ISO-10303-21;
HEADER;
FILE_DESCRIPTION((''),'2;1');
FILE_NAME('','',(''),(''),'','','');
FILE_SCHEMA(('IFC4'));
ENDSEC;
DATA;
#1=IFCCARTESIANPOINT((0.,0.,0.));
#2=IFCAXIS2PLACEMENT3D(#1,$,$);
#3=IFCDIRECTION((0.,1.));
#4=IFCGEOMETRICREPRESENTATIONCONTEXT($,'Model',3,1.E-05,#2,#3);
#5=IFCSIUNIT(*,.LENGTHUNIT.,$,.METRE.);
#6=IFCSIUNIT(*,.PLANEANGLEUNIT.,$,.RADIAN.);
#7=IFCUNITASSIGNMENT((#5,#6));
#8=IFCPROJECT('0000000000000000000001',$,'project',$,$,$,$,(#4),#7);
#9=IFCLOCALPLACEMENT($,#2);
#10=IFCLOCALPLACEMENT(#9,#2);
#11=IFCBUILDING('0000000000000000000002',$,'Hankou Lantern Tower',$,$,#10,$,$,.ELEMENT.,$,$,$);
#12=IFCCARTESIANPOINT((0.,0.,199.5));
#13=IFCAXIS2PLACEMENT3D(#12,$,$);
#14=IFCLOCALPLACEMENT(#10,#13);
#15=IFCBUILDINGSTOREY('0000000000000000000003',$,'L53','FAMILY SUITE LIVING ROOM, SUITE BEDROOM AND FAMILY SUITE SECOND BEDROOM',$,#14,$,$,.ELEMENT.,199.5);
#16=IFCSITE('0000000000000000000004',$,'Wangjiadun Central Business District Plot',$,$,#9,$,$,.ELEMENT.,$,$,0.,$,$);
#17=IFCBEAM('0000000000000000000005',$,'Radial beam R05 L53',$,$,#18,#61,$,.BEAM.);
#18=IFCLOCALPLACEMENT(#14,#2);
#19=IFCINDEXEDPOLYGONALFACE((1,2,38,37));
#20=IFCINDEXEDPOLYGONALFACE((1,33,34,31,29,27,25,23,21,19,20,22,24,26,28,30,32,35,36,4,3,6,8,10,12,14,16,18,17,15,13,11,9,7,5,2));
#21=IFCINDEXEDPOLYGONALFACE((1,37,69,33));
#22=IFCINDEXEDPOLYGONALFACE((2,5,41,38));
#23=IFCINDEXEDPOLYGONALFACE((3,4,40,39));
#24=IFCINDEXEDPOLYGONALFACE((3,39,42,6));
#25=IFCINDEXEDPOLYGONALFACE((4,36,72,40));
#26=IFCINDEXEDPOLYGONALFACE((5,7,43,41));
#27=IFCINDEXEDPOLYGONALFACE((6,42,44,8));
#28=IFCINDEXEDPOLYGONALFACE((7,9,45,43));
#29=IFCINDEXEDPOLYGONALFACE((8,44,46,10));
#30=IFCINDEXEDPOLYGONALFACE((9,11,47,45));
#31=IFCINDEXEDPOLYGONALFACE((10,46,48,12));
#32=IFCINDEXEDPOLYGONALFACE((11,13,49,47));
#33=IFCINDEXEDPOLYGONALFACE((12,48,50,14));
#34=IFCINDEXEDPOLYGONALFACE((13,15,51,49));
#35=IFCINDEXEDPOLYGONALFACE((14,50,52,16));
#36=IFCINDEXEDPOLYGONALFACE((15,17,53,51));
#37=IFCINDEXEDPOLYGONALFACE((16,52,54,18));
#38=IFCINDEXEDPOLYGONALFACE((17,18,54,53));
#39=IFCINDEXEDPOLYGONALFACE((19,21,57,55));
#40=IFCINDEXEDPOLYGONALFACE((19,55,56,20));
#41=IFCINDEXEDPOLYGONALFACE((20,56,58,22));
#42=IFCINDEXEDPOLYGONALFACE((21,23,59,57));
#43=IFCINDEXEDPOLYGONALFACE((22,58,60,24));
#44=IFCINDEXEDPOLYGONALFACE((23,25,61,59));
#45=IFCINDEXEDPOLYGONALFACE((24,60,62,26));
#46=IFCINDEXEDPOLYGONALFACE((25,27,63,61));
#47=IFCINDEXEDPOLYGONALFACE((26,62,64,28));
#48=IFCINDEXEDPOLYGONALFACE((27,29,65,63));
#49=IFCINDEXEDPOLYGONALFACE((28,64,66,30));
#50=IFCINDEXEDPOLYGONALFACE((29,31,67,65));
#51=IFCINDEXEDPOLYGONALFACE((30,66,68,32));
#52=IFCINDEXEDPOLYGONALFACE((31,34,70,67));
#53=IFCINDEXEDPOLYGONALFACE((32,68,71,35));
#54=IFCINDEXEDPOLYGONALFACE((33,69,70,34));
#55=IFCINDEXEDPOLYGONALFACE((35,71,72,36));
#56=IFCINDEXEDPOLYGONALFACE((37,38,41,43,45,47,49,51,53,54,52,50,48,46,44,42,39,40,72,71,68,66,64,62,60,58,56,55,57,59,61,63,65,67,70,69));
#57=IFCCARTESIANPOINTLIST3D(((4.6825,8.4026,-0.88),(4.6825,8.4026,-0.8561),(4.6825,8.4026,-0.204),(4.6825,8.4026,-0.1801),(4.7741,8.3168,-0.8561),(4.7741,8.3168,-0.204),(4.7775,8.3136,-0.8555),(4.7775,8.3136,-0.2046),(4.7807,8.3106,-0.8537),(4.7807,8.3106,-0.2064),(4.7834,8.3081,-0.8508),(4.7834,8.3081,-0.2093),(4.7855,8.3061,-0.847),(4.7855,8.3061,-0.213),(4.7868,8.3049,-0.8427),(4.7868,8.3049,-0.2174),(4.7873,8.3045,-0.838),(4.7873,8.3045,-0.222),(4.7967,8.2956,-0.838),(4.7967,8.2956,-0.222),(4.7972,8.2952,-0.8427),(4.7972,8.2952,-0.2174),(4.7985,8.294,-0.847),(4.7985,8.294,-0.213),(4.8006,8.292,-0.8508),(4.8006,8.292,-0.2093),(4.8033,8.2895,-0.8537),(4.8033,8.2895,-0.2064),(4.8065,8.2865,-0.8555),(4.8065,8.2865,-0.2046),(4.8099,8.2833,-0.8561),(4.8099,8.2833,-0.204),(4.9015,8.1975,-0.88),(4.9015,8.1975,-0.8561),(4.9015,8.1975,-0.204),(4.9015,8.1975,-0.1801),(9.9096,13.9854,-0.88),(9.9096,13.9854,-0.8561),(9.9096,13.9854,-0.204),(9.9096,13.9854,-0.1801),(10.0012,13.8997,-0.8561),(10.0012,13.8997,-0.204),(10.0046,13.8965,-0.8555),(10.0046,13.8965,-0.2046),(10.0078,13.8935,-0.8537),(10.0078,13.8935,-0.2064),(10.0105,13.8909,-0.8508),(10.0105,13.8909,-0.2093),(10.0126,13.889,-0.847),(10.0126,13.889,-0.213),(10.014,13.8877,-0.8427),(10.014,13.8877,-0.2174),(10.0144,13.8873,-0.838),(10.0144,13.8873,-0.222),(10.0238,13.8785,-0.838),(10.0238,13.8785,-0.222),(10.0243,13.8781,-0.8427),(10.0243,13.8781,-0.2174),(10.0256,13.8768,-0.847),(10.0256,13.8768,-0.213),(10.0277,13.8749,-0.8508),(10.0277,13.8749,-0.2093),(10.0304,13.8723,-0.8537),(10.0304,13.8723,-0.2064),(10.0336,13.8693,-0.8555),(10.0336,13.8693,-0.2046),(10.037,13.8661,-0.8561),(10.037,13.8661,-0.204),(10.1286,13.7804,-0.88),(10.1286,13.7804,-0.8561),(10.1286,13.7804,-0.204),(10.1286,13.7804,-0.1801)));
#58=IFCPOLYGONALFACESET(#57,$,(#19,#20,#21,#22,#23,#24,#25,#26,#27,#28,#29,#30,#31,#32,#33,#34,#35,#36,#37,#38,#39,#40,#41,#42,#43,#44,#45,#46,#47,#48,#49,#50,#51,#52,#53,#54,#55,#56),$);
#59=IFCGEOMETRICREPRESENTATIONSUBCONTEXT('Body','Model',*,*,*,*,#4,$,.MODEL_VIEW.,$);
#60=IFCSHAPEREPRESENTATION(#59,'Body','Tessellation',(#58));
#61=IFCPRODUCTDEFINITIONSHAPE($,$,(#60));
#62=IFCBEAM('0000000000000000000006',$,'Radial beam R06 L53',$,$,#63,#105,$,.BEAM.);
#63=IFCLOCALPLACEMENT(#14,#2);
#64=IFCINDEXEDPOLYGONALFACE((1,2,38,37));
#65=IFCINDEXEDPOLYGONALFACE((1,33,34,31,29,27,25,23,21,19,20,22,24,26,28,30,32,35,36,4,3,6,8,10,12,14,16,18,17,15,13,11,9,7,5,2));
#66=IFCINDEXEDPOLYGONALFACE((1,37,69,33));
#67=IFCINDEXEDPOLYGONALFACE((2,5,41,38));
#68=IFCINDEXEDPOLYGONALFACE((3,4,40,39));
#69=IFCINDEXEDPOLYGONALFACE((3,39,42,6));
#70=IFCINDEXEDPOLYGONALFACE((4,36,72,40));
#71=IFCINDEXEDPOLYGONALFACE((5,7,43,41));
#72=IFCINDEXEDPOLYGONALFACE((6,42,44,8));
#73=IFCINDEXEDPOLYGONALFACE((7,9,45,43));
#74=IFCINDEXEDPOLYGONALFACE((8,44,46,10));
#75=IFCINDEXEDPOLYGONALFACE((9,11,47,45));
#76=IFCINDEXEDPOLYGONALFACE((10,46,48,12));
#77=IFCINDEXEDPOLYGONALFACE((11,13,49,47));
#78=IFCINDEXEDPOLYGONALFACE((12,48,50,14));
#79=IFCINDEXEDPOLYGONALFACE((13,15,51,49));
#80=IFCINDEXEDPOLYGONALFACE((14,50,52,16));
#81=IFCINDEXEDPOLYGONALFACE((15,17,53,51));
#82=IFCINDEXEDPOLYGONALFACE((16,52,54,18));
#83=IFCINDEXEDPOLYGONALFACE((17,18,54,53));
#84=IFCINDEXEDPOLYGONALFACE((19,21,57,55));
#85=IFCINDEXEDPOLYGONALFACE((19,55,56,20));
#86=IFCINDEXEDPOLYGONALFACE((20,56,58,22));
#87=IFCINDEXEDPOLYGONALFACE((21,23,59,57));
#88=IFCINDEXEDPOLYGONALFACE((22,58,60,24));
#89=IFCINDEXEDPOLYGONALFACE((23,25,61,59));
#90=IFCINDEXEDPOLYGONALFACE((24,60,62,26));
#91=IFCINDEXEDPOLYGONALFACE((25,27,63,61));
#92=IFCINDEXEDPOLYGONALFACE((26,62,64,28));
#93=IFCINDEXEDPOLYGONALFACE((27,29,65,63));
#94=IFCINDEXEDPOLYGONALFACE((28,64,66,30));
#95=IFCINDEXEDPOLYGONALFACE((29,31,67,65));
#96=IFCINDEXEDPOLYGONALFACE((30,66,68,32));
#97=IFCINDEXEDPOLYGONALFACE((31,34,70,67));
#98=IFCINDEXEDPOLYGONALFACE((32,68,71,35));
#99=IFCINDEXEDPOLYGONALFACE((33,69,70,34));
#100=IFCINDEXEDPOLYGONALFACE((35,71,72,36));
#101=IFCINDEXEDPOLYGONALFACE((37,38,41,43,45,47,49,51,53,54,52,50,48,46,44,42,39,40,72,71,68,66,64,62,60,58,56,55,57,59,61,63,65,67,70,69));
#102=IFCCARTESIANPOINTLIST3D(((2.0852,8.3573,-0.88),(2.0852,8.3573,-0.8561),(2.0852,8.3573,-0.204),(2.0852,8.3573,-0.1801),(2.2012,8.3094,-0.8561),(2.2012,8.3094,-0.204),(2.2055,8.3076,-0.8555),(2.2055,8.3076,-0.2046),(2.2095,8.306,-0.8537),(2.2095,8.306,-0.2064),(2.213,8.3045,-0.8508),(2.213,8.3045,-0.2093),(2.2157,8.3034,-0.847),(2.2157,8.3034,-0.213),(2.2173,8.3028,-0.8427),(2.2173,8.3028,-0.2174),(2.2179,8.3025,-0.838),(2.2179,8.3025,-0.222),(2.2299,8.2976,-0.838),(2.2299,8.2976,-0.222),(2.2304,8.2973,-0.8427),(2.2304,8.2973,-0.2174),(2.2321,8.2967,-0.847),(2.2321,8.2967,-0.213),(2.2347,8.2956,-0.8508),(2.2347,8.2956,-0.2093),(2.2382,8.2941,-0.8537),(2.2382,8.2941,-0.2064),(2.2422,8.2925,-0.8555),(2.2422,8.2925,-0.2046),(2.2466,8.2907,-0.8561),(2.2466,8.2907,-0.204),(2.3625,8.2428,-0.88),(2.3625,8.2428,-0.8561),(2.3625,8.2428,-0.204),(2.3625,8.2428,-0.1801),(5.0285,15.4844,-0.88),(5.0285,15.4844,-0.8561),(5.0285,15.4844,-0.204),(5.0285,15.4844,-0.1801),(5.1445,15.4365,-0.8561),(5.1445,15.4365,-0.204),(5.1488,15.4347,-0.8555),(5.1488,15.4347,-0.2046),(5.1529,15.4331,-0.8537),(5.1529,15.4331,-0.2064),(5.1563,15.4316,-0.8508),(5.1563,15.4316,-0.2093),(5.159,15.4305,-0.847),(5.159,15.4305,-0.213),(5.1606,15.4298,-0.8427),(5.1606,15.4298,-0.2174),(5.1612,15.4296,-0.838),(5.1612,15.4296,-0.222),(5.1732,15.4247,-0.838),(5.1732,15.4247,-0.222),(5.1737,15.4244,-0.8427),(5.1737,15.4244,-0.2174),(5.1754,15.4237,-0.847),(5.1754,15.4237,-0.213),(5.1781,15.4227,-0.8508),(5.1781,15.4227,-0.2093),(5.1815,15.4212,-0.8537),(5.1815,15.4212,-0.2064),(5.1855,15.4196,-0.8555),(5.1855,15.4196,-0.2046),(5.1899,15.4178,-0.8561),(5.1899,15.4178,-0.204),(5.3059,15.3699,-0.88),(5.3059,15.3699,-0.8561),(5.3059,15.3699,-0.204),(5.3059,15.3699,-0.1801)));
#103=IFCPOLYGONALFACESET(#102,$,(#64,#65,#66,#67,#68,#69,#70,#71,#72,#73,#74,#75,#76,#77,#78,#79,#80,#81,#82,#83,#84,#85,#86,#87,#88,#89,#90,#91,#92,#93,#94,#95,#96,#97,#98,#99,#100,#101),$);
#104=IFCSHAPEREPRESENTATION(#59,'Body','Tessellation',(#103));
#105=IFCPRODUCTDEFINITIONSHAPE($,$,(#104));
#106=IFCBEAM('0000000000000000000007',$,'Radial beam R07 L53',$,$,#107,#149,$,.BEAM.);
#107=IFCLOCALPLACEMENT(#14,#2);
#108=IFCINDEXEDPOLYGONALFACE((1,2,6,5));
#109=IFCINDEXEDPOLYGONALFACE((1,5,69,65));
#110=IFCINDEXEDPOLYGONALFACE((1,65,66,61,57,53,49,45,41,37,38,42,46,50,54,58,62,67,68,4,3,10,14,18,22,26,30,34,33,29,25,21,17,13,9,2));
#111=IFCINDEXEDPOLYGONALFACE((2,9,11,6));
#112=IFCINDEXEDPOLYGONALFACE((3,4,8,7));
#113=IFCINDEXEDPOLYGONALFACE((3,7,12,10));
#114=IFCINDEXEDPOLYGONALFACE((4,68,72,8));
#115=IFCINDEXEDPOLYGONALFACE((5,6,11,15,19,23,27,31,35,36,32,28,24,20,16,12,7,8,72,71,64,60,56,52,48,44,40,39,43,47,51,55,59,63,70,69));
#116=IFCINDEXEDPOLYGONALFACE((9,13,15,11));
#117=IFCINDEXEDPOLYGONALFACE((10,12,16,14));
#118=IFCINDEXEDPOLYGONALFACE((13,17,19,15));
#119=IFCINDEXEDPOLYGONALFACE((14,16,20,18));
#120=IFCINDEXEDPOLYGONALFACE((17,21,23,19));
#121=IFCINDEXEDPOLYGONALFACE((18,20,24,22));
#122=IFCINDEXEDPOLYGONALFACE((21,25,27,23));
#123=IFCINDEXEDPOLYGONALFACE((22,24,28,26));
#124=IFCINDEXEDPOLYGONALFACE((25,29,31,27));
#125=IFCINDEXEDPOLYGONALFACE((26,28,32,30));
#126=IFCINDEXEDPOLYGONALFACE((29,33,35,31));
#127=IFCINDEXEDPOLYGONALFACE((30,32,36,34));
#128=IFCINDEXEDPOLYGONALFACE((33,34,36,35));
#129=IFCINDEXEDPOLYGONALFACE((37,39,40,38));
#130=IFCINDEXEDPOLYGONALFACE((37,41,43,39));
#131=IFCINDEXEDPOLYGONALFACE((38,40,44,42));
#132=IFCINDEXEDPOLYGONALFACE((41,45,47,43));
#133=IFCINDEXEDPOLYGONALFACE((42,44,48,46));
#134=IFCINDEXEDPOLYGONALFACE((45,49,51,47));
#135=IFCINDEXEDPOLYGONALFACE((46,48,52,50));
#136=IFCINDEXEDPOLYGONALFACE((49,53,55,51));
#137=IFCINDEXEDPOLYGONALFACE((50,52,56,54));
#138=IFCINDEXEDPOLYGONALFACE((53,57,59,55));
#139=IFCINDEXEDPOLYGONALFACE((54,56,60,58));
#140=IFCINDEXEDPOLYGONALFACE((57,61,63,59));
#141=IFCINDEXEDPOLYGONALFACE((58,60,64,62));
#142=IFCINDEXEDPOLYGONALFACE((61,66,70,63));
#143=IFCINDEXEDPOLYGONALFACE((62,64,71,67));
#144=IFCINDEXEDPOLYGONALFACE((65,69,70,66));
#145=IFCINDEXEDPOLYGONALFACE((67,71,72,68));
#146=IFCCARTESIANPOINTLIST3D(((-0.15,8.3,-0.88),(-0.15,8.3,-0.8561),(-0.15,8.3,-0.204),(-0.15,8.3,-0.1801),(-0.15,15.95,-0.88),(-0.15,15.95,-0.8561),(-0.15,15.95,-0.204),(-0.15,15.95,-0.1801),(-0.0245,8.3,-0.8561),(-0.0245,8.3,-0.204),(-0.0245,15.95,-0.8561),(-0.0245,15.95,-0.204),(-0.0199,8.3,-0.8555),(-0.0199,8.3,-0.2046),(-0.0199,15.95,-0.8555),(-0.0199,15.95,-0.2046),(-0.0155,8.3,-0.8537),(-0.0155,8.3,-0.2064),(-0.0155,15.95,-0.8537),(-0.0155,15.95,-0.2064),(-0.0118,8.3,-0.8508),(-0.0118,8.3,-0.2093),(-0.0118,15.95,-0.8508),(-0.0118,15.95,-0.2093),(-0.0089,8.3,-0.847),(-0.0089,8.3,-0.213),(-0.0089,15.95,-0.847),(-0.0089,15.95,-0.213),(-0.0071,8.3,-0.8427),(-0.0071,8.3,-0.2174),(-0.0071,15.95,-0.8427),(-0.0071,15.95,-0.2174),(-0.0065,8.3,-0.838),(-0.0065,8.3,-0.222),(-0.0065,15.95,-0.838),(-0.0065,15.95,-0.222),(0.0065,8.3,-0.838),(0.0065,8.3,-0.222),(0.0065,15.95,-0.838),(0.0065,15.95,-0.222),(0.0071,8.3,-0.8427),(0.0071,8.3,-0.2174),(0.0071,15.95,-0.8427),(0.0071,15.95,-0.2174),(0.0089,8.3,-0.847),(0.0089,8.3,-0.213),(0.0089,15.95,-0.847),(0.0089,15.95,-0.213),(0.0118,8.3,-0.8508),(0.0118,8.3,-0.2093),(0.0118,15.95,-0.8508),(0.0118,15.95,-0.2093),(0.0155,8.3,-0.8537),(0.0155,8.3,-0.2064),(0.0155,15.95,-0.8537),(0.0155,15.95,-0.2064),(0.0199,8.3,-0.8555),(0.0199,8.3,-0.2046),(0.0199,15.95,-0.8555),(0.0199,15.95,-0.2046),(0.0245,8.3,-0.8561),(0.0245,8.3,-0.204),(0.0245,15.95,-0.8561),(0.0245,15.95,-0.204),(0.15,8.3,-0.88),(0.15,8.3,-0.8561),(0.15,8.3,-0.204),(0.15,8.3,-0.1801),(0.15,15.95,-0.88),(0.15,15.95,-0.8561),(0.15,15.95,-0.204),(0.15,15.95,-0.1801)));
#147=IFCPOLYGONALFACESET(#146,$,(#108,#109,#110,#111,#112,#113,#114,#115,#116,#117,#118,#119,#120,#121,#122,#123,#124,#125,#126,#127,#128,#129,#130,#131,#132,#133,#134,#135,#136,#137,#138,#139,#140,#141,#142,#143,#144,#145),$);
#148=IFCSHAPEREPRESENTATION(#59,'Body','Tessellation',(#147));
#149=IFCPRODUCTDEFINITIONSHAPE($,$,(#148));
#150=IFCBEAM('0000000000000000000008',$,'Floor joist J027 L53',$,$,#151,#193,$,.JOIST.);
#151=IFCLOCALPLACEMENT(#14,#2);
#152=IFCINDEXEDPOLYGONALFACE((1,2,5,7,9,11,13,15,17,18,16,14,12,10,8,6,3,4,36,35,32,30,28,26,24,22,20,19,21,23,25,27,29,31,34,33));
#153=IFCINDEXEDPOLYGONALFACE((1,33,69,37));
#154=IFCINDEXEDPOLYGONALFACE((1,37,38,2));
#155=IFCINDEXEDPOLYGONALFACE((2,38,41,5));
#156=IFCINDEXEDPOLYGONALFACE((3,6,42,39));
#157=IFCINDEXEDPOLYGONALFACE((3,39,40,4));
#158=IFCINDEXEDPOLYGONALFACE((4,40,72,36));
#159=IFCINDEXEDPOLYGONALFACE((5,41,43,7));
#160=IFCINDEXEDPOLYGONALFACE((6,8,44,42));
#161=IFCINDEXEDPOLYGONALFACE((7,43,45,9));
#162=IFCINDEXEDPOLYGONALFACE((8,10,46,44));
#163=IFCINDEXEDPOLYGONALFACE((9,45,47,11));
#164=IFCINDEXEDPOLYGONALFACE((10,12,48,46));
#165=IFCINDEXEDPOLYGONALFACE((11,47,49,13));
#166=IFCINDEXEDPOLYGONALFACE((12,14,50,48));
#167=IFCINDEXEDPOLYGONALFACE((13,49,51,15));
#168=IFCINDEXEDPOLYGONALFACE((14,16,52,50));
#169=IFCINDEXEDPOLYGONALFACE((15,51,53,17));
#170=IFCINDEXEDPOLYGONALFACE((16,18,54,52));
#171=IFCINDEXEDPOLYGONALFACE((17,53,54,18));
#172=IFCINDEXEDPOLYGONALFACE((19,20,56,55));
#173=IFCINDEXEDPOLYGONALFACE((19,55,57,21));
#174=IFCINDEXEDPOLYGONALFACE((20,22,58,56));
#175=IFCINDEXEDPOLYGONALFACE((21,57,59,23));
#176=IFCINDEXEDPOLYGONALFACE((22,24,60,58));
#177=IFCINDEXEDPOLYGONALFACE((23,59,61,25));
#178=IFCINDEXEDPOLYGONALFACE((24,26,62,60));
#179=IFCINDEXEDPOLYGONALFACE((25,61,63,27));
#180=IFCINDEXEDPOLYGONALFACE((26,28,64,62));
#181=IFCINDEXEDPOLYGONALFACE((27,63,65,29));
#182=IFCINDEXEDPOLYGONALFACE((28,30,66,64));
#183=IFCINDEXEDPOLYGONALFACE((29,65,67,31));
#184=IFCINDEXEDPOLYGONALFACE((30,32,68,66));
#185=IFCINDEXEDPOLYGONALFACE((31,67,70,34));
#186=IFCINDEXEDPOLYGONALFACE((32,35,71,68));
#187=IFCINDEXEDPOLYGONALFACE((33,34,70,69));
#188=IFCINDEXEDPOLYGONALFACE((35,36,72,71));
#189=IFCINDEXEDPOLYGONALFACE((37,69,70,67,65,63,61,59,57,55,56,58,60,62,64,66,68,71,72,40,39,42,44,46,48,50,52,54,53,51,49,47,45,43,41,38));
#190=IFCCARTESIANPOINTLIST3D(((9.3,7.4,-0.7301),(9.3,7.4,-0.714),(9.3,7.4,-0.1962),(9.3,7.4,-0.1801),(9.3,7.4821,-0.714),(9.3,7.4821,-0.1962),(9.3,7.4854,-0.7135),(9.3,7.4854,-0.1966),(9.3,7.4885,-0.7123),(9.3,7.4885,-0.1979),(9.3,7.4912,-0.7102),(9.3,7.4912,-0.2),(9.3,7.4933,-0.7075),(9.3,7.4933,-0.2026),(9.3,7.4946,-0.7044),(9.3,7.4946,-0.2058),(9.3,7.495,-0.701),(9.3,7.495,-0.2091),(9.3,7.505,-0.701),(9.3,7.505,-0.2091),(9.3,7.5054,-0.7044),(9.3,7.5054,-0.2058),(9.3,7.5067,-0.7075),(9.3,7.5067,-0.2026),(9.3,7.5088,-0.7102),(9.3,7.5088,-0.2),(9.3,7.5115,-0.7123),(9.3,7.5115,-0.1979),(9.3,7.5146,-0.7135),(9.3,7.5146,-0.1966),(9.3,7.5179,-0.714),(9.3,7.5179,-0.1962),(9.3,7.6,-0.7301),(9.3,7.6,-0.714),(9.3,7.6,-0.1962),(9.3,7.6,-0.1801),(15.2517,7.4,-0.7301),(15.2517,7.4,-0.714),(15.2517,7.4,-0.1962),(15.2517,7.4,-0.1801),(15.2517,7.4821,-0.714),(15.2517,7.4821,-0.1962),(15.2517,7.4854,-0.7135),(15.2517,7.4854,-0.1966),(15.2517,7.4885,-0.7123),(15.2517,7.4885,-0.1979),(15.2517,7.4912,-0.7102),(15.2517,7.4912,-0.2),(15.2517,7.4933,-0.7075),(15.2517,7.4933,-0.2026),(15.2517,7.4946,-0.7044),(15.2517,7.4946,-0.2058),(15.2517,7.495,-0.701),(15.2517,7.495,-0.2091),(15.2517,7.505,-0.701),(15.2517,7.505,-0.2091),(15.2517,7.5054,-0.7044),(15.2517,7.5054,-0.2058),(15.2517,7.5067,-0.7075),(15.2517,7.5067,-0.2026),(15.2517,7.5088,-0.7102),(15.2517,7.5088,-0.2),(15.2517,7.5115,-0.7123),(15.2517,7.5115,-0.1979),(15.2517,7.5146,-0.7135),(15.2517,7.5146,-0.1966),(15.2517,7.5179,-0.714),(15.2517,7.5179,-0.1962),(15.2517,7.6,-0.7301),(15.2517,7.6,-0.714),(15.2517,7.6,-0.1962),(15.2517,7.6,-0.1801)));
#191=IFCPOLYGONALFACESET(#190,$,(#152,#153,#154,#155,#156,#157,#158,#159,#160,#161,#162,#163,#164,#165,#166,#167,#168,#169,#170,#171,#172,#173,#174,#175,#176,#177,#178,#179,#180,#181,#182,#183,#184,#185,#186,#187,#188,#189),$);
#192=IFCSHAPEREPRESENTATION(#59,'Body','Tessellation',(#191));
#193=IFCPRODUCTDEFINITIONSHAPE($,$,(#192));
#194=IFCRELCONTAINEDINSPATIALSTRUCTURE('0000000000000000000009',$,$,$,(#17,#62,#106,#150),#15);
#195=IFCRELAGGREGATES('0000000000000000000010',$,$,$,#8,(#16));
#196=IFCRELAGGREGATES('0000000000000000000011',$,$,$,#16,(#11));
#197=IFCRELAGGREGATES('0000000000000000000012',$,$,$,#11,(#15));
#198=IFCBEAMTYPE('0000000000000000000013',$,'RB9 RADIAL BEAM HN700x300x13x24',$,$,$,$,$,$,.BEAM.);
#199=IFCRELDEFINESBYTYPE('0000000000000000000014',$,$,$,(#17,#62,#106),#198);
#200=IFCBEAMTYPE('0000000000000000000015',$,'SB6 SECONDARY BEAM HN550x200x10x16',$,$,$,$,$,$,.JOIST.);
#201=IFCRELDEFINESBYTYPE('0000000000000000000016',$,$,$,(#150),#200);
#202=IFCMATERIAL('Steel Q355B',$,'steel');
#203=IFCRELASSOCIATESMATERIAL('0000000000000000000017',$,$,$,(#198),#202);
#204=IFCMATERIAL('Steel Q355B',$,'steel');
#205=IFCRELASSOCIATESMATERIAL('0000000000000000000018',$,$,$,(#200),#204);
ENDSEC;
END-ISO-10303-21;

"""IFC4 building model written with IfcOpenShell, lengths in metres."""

from ifc_helpers import new_model, si_unit, direction, frame, origin, origin_2d, place, context, subcontext, project, spatial, i_section, extrude, material, material_profile, profile_set, type_object, element, save


model = new_model("IFC4")

# Units and contexts
model_context = context("Model", 3, precision=1e-05, world=origin(), true_north=direction((0.0, 1.0)))
body_context = subcontext(model_context, "Body", "Model", "MODEL_VIEW")
ifc_project = project(units=[si_unit("LENGTHUNIT", "METRE"), si_unit("PLANEANGLEUNIT", "RADIAN")], contexts=[model_context])

# Site, building, storey
site_placement = place(None, origin())
site = spatial("IfcSite", under=ifc_project, at=site_placement, Name="Wangjiadun Central Business District Plot", CompositionType="ELEMENT", RefElevation=0.0)
building_placement = place(site_placement, origin())
building = spatial("IfcBuilding", under=site, at=building_placement, Name="Hankou Lantern Tower", CompositionType="ELEMENT")
storey_placement = place(building_placement, frame((0.0, 0.0, 199.5)))
storey = spatial("IfcBuildingStorey", under=building, at=storey_placement, Name="L53", Description="FAMILY SUITE LIVING ROOM, SUITE BEDROOM AND FAMILY SUITE SECOND BEDROOM", CompositionType="ELEMENT", Elevation=199.5)

# Beams
ifc_material_1 = material(Name="Steel Q355B", Category="steel")
ifc_material_profile_1 = material_profile(ifc_material_1, i_section(OverallWidth=0.3, OverallDepth=0.7, WebThickness=0.0129, FlangeThickness=0.0239, FilletRadius=0.0181, at=origin_2d()), Name="HN700x300x13x24")
ifc_profile_set_1 = profile_set([ifc_material_profile_1], Name="Steel Q355B")
beam_type_1 = type_object("IfcBeamType", Name="RB9 RADIAL BEAM HN700x300x13x24", PredefinedType="BEAM", material=ifc_profile_set_1)
beam_1_placement = place(storey_placement, frame((4.792, 8.3, -0.53), z_axis=(0.683468, 0.72998, 0.0), x_axis=(-0.72998, 0.683468, 0.0)))
element("IfcBeam", 1, at=beam_1_placement, inside=storey, type_object=beam_type_1, Name="Radial beam R05 L53", PredefinedType="BEAM", context=body_context, shape_type="SweptSolid", body=[
    extrude(i_section(OverallWidth=0.3, OverallDepth=0.7, WebThickness=0.0129, FlangeThickness=0.0239, FilletRadius=0.0181, at=origin_2d()), origin(), (0.0, 0.0, 1.0), 7.6479),
])
beam_2_placement = place(storey_placement, frame((2.2239, 8.3, -0.53), z_axis=(0.381707, 0.924284, 0.0), x_axis=(-0.924284, 0.381707, 0.0)))
element("IfcBeam", 2, at=beam_2_placement, inside=storey, type_object=beam_type_1, Name="Radial beam R06 L53", PredefinedType="BEAM", context=body_context, shape_type="SweptSolid", body=[
    extrude(i_section(OverallWidth=0.3, OverallDepth=0.7, WebThickness=0.0129, FlangeThickness=0.0239, FilletRadius=0.0181, at=origin_2d()), origin(), (0.0, 0.0, 1.0), 7.7109),
])
beam_3_placement = place(storey_placement, frame((0.0, 8.3, -0.53), z_axis=(0.0, 1.0, 0.0), x_axis=(-1.0, 0.0, 0.0)))
element("IfcBeam", 3, at=beam_3_placement, inside=storey, type_object=beam_type_1, Name="Radial beam R07 L53", PredefinedType="BEAM", context=body_context, shape_type="SweptSolid", body=[
    extrude(i_section(OverallWidth=0.3, OverallDepth=0.7, WebThickness=0.0129, FlangeThickness=0.0239, FilletRadius=0.0181, at=origin_2d()), origin(), (0.0, 0.0, 1.0), 7.6499),
])
ifc_material_2 = material(Name="Steel Q355B", Category="steel")
ifc_material_profile_2 = material_profile(ifc_material_2, i_section(OverallWidth=0.2, OverallDepth=0.55, WebThickness=0.01, FlangeThickness=0.0161, FilletRadius=0.0129, at=origin_2d()), Name="HN550x200x10x16")
ifc_profile_set_2 = profile_set([ifc_material_profile_2], Name="Steel Q355B")
beam_type_2 = type_object("IfcBeamType", Name="SB6 SECONDARY BEAM HN550x200x10x16", PredefinedType="JOIST", material=ifc_profile_set_2)
beam_4_placement = place(storey_placement, frame((9.3, 7.5, -0.4551), z_axis=(1.0, 0.0, 0.0), x_axis=(0.0, 1.0, 0.0)))
element("IfcBeam", 4, at=beam_4_placement, inside=storey, type_object=beam_type_2, Name="Floor joist J027 L53", PredefinedType="JOIST", context=body_context, shape_type="SweptSolid", body=[
    extrude(i_section(OverallWidth=0.2, OverallDepth=0.55, WebThickness=0.01, FlangeThickness=0.0161, FilletRadius=0.0129, at=origin_2d()), origin(), (0.0, 0.0, 1.0), 5.9517),
])

save(model, "model.ifc")
